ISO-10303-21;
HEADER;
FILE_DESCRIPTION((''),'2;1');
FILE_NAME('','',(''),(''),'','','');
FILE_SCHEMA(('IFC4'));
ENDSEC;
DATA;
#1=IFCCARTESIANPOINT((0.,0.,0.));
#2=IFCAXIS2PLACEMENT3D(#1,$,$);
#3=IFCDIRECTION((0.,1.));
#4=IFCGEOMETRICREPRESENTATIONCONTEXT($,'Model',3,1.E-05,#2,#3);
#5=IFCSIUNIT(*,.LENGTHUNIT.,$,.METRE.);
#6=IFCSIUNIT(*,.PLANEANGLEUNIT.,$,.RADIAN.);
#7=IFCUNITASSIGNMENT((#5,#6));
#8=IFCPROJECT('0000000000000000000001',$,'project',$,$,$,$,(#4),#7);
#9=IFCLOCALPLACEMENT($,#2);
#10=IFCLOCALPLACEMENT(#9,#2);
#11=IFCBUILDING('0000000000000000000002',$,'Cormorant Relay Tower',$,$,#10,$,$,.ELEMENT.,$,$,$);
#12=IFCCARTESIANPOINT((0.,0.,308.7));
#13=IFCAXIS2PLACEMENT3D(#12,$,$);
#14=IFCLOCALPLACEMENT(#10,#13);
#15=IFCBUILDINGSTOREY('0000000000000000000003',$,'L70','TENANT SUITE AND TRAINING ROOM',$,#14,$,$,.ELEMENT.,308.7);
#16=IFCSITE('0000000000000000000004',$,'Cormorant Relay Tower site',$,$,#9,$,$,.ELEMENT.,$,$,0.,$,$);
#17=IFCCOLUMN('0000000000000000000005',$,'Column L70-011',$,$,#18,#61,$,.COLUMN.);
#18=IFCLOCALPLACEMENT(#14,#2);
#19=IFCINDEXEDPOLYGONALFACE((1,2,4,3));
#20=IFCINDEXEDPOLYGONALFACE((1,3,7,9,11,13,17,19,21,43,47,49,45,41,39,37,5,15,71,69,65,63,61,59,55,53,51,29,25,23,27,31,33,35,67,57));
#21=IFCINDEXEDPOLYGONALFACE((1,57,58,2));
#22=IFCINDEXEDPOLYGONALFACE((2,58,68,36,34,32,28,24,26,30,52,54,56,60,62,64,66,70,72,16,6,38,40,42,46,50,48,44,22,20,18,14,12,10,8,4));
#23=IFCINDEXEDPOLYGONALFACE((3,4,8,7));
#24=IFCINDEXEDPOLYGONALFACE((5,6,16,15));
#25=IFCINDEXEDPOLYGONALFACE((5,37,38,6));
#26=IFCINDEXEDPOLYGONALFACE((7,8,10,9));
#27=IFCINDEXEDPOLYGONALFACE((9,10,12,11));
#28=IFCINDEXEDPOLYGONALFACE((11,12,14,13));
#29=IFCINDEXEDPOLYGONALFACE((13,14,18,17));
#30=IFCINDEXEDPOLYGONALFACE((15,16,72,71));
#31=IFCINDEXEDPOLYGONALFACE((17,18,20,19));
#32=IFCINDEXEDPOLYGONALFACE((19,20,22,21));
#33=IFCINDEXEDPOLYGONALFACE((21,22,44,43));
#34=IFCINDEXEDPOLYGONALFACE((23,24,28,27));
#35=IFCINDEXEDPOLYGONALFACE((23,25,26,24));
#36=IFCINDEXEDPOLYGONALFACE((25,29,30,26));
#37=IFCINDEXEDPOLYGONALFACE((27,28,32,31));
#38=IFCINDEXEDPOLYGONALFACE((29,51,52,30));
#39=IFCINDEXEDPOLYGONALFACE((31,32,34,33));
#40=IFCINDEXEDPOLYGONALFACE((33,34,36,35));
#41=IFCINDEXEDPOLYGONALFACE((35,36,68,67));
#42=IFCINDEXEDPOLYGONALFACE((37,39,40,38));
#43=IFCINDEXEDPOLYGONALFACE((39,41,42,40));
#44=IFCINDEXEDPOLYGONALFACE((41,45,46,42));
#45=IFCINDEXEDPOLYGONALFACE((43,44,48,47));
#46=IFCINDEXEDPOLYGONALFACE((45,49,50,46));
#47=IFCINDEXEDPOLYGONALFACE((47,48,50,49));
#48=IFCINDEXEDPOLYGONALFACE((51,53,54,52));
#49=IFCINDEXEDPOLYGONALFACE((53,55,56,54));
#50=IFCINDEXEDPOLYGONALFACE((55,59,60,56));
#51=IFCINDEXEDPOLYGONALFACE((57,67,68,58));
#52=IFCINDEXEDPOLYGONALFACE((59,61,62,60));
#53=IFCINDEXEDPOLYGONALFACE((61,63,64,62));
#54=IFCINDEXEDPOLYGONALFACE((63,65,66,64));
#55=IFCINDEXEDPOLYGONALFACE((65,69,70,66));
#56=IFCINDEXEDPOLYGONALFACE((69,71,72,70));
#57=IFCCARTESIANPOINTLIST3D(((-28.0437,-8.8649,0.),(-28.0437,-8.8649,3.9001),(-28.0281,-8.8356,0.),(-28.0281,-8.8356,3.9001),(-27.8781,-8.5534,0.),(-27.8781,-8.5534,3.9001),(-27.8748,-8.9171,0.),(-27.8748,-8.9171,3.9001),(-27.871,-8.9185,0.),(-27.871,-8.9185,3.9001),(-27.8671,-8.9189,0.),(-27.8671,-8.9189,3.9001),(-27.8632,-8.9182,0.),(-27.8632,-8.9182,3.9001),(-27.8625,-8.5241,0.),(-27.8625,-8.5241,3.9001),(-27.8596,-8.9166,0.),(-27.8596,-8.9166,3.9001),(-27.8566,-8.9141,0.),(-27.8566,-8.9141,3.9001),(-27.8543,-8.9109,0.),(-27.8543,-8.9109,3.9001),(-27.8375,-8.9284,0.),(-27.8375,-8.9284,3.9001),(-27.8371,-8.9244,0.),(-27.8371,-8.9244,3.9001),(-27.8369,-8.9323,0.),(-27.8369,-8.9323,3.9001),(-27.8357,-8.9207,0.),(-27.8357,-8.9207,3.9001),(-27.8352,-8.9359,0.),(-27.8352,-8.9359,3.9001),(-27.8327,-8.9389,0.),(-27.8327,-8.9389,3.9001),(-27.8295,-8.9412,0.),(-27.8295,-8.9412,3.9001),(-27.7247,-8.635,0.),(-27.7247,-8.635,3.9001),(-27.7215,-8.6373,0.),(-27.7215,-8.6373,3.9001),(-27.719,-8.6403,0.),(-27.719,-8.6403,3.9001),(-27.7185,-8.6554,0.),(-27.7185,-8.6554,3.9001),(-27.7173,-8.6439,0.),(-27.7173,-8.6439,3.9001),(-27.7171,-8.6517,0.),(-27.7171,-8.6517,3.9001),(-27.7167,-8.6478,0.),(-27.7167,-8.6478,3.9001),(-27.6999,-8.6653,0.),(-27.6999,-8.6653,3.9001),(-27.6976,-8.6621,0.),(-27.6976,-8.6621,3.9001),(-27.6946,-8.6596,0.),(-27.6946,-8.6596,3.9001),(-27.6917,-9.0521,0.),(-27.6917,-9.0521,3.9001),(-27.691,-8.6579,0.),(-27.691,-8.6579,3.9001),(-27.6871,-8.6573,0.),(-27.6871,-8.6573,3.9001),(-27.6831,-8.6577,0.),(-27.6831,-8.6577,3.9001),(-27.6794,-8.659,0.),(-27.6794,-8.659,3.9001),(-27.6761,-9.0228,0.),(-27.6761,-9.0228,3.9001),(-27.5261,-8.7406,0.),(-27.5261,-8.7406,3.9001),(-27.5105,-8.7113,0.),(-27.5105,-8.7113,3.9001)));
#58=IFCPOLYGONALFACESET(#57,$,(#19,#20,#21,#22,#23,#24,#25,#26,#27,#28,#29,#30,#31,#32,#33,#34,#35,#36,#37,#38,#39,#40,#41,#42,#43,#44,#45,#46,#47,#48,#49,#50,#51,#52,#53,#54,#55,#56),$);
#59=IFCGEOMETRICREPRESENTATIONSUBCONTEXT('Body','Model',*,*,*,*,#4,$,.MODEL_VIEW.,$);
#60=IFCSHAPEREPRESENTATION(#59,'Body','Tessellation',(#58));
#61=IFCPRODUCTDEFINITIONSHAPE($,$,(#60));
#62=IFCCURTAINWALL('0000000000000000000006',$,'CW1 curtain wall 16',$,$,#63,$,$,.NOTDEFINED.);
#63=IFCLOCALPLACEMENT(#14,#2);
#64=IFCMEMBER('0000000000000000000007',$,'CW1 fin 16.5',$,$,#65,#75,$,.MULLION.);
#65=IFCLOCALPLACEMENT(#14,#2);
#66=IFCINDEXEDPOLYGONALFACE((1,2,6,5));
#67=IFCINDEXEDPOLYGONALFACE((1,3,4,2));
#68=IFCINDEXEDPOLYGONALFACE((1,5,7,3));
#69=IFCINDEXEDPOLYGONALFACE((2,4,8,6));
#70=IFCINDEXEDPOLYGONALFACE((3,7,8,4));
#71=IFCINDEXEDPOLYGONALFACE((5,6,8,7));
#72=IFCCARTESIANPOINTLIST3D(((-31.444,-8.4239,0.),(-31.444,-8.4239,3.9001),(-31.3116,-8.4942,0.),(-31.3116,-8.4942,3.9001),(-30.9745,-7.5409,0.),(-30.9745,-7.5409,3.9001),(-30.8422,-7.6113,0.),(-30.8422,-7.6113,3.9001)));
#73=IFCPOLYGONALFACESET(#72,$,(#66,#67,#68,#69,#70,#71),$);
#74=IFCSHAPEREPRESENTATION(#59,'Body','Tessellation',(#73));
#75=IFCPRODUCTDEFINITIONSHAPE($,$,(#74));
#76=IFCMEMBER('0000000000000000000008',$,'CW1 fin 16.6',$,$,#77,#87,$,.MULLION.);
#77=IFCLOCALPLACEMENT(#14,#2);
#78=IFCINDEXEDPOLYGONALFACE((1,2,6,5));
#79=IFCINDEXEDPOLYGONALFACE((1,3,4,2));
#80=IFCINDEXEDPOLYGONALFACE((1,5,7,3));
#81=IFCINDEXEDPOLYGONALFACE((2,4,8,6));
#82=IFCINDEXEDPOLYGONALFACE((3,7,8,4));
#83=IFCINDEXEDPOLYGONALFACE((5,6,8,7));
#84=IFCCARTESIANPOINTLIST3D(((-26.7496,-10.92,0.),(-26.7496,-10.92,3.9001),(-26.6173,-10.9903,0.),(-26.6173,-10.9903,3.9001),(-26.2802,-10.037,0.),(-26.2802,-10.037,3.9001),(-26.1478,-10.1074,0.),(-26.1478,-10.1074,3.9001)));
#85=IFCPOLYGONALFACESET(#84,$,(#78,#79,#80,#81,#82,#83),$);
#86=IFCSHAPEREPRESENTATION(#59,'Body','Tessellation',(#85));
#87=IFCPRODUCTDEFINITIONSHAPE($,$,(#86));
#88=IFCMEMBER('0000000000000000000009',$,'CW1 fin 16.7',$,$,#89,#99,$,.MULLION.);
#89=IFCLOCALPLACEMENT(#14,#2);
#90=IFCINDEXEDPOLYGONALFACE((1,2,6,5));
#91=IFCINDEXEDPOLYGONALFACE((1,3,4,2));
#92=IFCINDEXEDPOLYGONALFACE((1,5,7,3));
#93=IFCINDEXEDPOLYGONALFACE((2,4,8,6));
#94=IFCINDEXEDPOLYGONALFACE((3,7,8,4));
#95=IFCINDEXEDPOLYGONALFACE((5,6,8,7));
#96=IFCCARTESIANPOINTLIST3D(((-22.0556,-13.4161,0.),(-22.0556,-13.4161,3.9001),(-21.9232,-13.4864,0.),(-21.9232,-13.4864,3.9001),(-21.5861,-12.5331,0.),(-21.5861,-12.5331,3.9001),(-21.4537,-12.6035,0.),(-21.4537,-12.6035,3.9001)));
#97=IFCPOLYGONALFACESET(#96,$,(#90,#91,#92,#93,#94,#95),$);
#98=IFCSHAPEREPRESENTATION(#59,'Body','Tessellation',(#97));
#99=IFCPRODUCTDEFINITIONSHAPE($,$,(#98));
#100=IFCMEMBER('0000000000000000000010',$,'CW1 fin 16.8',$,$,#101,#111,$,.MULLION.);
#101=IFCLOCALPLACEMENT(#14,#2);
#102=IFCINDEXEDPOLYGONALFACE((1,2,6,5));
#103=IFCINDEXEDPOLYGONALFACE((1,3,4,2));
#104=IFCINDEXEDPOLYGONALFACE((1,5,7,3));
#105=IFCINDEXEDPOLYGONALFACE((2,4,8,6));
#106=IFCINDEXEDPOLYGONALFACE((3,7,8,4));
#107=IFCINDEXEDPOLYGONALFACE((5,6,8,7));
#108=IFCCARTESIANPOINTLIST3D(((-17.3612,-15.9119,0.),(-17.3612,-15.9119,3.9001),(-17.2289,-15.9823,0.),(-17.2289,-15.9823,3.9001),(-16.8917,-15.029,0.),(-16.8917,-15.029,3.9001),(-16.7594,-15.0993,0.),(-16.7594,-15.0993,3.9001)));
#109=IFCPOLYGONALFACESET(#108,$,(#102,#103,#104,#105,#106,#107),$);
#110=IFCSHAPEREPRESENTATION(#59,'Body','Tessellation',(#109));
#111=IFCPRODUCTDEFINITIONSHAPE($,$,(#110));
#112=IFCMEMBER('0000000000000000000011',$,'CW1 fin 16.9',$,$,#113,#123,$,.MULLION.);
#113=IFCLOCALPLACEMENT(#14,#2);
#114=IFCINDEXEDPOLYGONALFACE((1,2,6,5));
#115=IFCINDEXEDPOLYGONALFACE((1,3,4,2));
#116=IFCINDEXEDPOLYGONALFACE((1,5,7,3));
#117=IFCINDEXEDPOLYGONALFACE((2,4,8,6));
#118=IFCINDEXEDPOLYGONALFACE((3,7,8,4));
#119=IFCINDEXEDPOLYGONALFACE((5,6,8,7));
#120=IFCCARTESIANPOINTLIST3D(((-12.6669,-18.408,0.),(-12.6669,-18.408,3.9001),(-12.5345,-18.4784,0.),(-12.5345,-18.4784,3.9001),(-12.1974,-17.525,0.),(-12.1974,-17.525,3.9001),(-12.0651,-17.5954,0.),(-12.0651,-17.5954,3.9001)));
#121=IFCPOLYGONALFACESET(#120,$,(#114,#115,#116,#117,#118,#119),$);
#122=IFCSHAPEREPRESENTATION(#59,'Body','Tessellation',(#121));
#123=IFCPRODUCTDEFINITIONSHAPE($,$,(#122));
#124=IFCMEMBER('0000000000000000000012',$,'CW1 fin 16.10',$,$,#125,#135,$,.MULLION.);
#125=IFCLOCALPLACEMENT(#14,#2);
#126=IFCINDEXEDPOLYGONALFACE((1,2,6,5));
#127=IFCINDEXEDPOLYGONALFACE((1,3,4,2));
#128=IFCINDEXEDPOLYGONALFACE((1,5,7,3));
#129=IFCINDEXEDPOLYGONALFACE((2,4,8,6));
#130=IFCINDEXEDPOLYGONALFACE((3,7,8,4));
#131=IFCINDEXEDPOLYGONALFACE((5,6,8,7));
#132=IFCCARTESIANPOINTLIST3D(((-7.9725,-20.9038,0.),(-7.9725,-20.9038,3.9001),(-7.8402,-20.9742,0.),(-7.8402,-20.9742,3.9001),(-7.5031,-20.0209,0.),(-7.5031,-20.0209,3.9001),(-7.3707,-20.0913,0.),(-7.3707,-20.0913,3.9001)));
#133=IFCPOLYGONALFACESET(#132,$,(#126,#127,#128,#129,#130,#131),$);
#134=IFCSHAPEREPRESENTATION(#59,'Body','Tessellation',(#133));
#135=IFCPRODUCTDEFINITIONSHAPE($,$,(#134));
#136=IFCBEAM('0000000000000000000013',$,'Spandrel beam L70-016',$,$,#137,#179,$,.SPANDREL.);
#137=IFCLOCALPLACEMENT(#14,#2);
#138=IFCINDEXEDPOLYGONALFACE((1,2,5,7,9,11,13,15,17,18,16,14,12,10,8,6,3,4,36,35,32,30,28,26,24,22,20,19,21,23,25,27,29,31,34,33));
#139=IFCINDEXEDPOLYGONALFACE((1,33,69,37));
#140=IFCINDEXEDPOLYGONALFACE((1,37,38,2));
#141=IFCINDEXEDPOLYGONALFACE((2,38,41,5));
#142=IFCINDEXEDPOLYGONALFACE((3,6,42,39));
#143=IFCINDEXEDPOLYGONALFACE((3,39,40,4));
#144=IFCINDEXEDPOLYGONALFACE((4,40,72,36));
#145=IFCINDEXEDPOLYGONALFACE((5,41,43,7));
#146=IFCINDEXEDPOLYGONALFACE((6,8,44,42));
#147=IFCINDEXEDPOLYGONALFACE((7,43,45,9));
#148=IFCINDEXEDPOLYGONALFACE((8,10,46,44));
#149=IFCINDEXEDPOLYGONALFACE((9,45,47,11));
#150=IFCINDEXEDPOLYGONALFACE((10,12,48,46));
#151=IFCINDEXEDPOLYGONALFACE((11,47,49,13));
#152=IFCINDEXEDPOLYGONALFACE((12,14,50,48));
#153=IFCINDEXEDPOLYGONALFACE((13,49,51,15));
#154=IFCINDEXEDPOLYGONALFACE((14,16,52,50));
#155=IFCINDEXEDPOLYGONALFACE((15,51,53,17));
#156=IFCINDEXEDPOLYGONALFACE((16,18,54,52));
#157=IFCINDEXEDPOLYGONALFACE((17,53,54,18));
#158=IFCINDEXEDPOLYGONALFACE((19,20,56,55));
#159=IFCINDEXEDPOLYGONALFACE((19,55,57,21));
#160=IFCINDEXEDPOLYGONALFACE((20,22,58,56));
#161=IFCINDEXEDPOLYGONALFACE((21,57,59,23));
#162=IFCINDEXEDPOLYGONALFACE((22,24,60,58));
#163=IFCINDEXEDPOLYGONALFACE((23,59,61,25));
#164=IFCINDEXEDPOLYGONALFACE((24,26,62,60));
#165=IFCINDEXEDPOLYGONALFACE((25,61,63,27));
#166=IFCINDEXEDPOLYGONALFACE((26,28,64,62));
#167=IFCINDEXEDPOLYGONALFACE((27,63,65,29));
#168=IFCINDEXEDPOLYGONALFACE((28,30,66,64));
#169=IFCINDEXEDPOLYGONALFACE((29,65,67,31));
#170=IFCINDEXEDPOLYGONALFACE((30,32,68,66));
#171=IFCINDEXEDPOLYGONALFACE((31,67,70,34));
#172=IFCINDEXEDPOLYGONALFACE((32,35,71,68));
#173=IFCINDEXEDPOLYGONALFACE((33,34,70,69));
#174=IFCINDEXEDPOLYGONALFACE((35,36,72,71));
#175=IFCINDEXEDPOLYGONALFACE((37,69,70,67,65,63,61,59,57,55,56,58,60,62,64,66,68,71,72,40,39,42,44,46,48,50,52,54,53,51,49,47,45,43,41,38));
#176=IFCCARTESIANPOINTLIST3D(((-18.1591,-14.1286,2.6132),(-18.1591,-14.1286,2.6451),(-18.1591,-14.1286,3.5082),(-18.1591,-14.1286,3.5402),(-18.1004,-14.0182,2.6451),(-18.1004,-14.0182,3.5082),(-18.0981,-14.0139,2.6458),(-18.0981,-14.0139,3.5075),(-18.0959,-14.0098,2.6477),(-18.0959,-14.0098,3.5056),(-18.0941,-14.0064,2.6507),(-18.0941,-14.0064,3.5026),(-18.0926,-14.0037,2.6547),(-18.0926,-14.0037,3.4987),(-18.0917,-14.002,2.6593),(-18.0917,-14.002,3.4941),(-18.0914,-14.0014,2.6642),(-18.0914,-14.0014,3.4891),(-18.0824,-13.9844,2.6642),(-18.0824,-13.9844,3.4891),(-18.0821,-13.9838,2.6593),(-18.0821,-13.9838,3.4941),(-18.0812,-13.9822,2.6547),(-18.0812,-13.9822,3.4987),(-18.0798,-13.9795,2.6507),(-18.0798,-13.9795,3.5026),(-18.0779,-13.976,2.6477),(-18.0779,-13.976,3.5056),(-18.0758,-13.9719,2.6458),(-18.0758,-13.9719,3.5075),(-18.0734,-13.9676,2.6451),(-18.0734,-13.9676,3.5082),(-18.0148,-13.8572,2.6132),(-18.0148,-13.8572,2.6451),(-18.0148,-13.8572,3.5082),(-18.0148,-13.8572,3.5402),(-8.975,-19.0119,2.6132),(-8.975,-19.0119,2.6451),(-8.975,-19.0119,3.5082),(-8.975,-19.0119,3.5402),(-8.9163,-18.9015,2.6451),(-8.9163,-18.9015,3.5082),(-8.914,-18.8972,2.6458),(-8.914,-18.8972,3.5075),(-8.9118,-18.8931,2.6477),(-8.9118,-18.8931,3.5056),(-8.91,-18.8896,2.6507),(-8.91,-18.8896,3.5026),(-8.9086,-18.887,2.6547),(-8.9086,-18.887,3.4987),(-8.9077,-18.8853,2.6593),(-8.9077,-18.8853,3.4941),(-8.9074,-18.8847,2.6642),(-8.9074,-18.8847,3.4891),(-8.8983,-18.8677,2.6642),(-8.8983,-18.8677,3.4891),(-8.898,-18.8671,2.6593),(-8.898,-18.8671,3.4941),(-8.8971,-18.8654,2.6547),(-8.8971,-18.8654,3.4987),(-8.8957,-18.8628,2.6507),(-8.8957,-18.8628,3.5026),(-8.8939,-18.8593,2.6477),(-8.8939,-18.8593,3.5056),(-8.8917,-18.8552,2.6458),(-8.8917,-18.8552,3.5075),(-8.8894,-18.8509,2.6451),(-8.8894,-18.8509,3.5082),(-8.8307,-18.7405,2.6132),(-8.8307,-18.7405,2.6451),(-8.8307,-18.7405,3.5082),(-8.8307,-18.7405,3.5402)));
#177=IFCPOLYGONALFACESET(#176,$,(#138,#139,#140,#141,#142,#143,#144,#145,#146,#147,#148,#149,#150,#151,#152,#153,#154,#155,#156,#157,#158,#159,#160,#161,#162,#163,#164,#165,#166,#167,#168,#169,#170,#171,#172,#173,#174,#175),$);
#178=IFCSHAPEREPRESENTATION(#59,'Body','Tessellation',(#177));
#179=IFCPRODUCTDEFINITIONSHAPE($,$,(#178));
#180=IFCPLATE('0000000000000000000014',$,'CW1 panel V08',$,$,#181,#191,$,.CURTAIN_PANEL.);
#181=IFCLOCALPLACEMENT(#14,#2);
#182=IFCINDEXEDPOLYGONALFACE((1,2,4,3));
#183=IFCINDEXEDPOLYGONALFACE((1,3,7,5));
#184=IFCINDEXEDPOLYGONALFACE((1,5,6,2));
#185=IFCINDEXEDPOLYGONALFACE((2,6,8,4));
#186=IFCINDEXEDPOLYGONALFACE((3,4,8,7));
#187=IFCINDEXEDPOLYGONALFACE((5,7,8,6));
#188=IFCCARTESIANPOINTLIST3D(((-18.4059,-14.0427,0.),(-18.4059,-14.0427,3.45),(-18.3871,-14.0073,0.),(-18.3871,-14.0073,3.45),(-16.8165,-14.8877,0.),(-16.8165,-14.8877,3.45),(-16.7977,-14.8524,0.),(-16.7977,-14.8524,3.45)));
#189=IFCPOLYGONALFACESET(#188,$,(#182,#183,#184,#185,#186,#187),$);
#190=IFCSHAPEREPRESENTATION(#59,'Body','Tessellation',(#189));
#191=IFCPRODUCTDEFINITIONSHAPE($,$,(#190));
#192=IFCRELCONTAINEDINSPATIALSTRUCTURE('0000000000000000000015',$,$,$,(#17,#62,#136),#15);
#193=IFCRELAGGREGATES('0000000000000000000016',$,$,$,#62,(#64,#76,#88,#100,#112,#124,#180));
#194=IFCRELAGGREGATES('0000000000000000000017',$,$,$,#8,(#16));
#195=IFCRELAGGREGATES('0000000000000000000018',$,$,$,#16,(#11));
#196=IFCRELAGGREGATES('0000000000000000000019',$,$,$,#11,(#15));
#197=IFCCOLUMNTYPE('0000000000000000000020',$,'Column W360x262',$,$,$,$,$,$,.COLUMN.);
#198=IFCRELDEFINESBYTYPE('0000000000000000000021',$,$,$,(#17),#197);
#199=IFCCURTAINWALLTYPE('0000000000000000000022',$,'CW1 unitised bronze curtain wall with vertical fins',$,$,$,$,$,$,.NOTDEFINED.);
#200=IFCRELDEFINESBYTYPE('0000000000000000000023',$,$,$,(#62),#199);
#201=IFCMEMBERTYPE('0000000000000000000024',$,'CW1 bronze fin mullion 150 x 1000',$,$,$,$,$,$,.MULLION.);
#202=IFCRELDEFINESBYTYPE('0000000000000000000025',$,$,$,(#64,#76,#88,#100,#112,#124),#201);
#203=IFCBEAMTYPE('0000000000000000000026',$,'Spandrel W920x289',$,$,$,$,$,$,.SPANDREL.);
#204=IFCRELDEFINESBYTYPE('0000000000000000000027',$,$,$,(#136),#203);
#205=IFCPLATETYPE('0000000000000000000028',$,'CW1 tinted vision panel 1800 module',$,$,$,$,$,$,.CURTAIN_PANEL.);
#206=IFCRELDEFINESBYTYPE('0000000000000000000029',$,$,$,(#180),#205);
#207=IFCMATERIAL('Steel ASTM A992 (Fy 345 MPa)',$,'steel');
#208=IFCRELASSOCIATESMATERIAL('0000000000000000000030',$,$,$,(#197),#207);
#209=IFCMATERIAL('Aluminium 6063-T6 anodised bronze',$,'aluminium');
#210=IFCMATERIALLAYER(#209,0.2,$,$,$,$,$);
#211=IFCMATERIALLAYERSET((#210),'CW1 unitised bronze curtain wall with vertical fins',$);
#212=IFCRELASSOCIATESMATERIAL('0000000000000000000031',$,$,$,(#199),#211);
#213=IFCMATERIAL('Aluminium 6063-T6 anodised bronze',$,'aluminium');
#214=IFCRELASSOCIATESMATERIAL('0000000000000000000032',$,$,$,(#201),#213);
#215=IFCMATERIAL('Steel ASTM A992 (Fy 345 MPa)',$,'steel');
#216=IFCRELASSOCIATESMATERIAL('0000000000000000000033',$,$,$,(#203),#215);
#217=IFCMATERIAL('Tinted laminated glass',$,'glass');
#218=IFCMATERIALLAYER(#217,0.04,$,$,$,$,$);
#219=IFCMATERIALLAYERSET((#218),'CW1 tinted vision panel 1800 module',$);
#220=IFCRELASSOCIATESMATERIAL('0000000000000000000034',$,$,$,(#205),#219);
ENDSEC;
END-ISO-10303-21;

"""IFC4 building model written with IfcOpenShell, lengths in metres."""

from ifc_helpers import new_model, si_unit, direction, frame, origin, origin_2d, place, context, subcontext, project, spatial, rectangle, i_section, extrude, material, layer, layer_set, material_profile, profile_set, type_object, element, aggregate, save


model = new_model("IFC4")

# Units and contexts
model_context = context("Model", 3, precision=1e-05, world=origin(), true_north=direction((0.0, 1.0)))
body_context = subcontext(model_context, "Body", "Model", "MODEL_VIEW")
ifc_project = project(units=[si_unit("LENGTHUNIT", "METRE"), si_unit("PLANEANGLEUNIT", "RADIAN")], contexts=[model_context])

# Site, building, storey
site_placement = place(None, origin())
site = spatial("IfcSite", under=ifc_project, at=site_placement, Name="Cormorant Relay Tower site", CompositionType="ELEMENT", RefElevation=0.0)
building_placement = place(site_placement, origin())
building = spatial("IfcBuilding", under=site, at=building_placement, Name="Cormorant Relay Tower", CompositionType="ELEMENT")
storey_placement = place(building_placement, frame((0.0, 0.0, 308.7)))
storey = spatial("IfcBuildingStorey", under=building, at=storey_placement, Name="L70", Description="TENANT SUITE AND TRAINING ROOM", CompositionType="ELEMENT", Elevation=308.7)

# Column
ifc_material_1 = material(Name="Steel ASTM A992 (Fy 345 MPa)", Category="steel")
ifc_material_profile_1 = material_profile(ifc_material_1, i_section(OverallWidth=0.3987, OverallDepth=0.386, WebThickness=0.021, FlangeThickness=0.0332, FilletRadius=0.0151, at=origin_2d()), Name="W360x262")
ifc_profile_set_1 = profile_set([ifc_material_profile_1], Name="Steel ASTM A992 (Fy 345 MPa)")
column_type_1 = type_object("IfcColumnType", Name="Column W360x262", PredefinedType="COLUMN", material=ifc_profile_set_1)
for number, where, z_axis, x_axis, name in (
    (1, (-27.7771, -8.7881, 0.0), (0.0, 0.0, 1.0), (0.882948, -0.469472, 0.0), "Column L70-011"),
):
    element("IfcColumn", number, at=place(storey_placement, frame(where, z_axis=z_axis, x_axis=x_axis)), inside=storey, type_object=column_type_1, Name=name, PredefinedType="COLUMN", context=body_context, shape_type="SweptSolid", body=[
        extrude(i_section(OverallWidth=0.3987, OverallDepth=0.386, WebThickness=0.021, FlangeThickness=0.0332, FilletRadius=0.0151, at=origin_2d()), origin(), (0.0, 0.0, 1.0), 3.9001),
    ])

# Curtain wall, members
ifc_material_2 = material(Name="Aluminium 6063-T6 anodised bronze", Category="aluminium")
ifc_layer_1 = layer(ifc_material_2, 0.2)
ifc_layer_set_1 = layer_set([ifc_layer_1], Name="CW1 unitised bronze curtain wall with vertical fins")
curtain_wall_type = type_object("IfcCurtainWallType", Name="CW1 unitised bronze curtain wall with vertical fins", PredefinedType="NOTDEFINED", material=ifc_layer_set_1)
curtain_wall_placement = place(storey_placement, origin())
curtain_wall = element("IfcCurtainWall", 2, at=curtain_wall_placement, inside=storey, type_object=curtain_wall_type, Name="CW1 curtain wall 16", PredefinedType="NOTDEFINED")
ifc_material_3 = material(Name="Aluminium 6063-T6 anodised bronze", Category="aluminium")
ifc_material_profile_2 = material_profile(ifc_material_3, rectangle(XDim=0.1499, YDim=1.0, at=origin_2d()), Name="AL 150x1000")
ifc_profile_set_2 = profile_set([ifc_material_profile_2], Name="Aluminium 6063-T6 anodised bronze")
member_type = type_object("IfcMemberType", Name="CW1 bronze fin mullion 150 x 1000", PredefinedType="MULLION", material=ifc_profile_set_2)
member_1_placement = place(storey_placement, frame((-31.1431, -8.0176, 0.0), z_axis=(0.0, 0.0, 1.0), x_axis=(0.882948, -0.469472, 0.0)))
member_1 = element("IfcMember", 3, at=member_1_placement, type_object=member_type, Name="CW1 fin 16.5", PredefinedType="MULLION", context=body_context, shape_type="SweptSolid", body=[
    extrude(rectangle(XDim=0.1499, YDim=1.0, at=origin_2d()), origin(), (0.0, 0.0, 1.0), 3.9001),
])
member_2_placement = place(storey_placement, frame((-26.4487, -10.5137, 0.0), z_axis=(0.0, 0.0, 1.0), x_axis=(0.882948, -0.469472, 0.0)))
member_2 = element("IfcMember", 4, at=member_2_placement, type_object=member_type, Name="CW1 fin 16.6", PredefinedType="MULLION", context=body_context, shape_type="SweptSolid", body=[
    extrude(rectangle(XDim=0.1499, YDim=1.0, at=origin_2d()), origin(), (0.0, 0.0, 1.0), 3.9001),
])
member_3_placement = place(storey_placement, frame((-21.7546, -13.0098, 0.0), z_axis=(0.0, 0.0, 1.0), x_axis=(0.882948, -0.469472, 0.0)))
member_3 = element("IfcMember", 5, at=member_3_placement, type_object=member_type, Name="CW1 fin 16.7", PredefinedType="MULLION", context=body_context, shape_type="SweptSolid", body=[
    extrude(rectangle(XDim=0.1499, YDim=1.0, at=origin_2d()), origin(), (0.0, 0.0, 1.0), 3.9001),
])
member_4_placement = place(storey_placement, frame((-17.0603, -15.5056, 0.0), z_axis=(0.0, 0.0, 1.0), x_axis=(0.882948, -0.469472, 0.0)))
member_4 = element("IfcMember", 6, at=member_4_placement, type_object=member_type, Name="CW1 fin 16.8", PredefinedType="MULLION", context=body_context, shape_type="SweptSolid", body=[
    extrude(rectangle(XDim=0.1499, YDim=1.0, at=origin_2d()), origin(), (0.0, 0.0, 1.0), 3.9001),
])
member_5_placement = place(storey_placement, frame((-12.366, -18.0017, 0.0), z_axis=(0.0, 0.0, 1.0), x_axis=(0.882948, -0.469472, 0.0)))
member_5 = element("IfcMember", 7, at=member_5_placement, type_object=member_type, Name="CW1 fin 16.9", PredefinedType="MULLION", context=body_context, shape_type="SweptSolid", body=[
    extrude(rectangle(XDim=0.1499, YDim=1.0, at=origin_2d()), origin(), (0.0, 0.0, 1.0), 3.9001),
])
member_6_placement = place(storey_placement, frame((-7.6716, -20.4976, 0.0), z_axis=(0.0, 0.0, 1.0), x_axis=(0.882948, -0.469472, 0.0)))
member_6 = element("IfcMember", 8, at=member_6_placement, type_object=member_type, Name="CW1 fin 16.10", PredefinedType="MULLION", context=body_context, shape_type="SweptSolid", body=[
    extrude(rectangle(XDim=0.1499, YDim=1.0, at=origin_2d()), origin(), (0.0, 0.0, 1.0), 3.9001),
])

# Beam
ifc_material_4 = material(Name="Steel ASTM A992 (Fy 345 MPa)", Category="steel")
ifc_material_profile_3 = material_profile(ifc_material_4, i_section(OverallWidth=0.3074, OverallDepth=0.927, WebThickness=0.0193, FlangeThickness=0.032, FilletRadius=0.019, at=origin_2d()), Name="W920x289")
ifc_profile_set_3 = profile_set([ifc_material_profile_3], Name="Steel ASTM A992 (Fy 345 MPa)")
beam_type = type_object("IfcBeamType", Name="Spandrel W920x289", PredefinedType="SPANDREL", material=ifc_profile_set_3)
beam_placement = place(storey_placement, frame((-18.0869, -13.9929, 3.0767), z_axis=(0.882946, -0.469474, 0.0), x_axis=(0.469474, 0.882946, 0.0)))
element("IfcBeam", 9, at=beam_placement, inside=storey, type_object=beam_type, Name="Spandrel beam L70-016", PredefinedType="SPANDREL", context=body_context, shape_type="SweptSolid", body=[
    extrude(i_section(OverallWidth=0.3074, OverallDepth=0.927, WebThickness=0.0193, FlangeThickness=0.032, FilletRadius=0.019, at=origin_2d()), origin(), (0.0, 0.0, 1.0), 10.4016),
])

# Plate
ifc_material_5 = material(Name="Tinted laminated glass", Category="glass")
ifc_layer_2 = layer(ifc_material_5, 0.04)
ifc_layer_set_2 = layer_set([ifc_layer_2], Name="CW1 tinted vision panel 1800 module")
plate_type_1 = type_object("IfcPlateType", Name="CW1 tinted vision panel 1800 module", PredefinedType="CURTAIN_PANEL", material=ifc_layer_set_2)
plate_1_placement = place(storey_placement, frame((-17.6018, -14.4475, 0.0), z_axis=(0.0, 0.0, 1.0), x_axis=(0.882948, -0.469472, 0.0)))
plate_1 = element("IfcPlate", 10, at=plate_1_placement, type_object=plate_type_1, Name="CW1 panel V08", PredefinedType="CURTAIN_PANEL", context=body_context, shape_type="SweptSolid", body=[
    extrude(rectangle(XDim=1.8, YDim=0.04, at=origin_2d()), origin(), (0.0, 0.0, 1.0), 3.45),
])

aggregate(curtain_wall, [member_1, member_2, member_3, member_4, member_5, member_6, plate_1])

save(model, "model.ifc")
